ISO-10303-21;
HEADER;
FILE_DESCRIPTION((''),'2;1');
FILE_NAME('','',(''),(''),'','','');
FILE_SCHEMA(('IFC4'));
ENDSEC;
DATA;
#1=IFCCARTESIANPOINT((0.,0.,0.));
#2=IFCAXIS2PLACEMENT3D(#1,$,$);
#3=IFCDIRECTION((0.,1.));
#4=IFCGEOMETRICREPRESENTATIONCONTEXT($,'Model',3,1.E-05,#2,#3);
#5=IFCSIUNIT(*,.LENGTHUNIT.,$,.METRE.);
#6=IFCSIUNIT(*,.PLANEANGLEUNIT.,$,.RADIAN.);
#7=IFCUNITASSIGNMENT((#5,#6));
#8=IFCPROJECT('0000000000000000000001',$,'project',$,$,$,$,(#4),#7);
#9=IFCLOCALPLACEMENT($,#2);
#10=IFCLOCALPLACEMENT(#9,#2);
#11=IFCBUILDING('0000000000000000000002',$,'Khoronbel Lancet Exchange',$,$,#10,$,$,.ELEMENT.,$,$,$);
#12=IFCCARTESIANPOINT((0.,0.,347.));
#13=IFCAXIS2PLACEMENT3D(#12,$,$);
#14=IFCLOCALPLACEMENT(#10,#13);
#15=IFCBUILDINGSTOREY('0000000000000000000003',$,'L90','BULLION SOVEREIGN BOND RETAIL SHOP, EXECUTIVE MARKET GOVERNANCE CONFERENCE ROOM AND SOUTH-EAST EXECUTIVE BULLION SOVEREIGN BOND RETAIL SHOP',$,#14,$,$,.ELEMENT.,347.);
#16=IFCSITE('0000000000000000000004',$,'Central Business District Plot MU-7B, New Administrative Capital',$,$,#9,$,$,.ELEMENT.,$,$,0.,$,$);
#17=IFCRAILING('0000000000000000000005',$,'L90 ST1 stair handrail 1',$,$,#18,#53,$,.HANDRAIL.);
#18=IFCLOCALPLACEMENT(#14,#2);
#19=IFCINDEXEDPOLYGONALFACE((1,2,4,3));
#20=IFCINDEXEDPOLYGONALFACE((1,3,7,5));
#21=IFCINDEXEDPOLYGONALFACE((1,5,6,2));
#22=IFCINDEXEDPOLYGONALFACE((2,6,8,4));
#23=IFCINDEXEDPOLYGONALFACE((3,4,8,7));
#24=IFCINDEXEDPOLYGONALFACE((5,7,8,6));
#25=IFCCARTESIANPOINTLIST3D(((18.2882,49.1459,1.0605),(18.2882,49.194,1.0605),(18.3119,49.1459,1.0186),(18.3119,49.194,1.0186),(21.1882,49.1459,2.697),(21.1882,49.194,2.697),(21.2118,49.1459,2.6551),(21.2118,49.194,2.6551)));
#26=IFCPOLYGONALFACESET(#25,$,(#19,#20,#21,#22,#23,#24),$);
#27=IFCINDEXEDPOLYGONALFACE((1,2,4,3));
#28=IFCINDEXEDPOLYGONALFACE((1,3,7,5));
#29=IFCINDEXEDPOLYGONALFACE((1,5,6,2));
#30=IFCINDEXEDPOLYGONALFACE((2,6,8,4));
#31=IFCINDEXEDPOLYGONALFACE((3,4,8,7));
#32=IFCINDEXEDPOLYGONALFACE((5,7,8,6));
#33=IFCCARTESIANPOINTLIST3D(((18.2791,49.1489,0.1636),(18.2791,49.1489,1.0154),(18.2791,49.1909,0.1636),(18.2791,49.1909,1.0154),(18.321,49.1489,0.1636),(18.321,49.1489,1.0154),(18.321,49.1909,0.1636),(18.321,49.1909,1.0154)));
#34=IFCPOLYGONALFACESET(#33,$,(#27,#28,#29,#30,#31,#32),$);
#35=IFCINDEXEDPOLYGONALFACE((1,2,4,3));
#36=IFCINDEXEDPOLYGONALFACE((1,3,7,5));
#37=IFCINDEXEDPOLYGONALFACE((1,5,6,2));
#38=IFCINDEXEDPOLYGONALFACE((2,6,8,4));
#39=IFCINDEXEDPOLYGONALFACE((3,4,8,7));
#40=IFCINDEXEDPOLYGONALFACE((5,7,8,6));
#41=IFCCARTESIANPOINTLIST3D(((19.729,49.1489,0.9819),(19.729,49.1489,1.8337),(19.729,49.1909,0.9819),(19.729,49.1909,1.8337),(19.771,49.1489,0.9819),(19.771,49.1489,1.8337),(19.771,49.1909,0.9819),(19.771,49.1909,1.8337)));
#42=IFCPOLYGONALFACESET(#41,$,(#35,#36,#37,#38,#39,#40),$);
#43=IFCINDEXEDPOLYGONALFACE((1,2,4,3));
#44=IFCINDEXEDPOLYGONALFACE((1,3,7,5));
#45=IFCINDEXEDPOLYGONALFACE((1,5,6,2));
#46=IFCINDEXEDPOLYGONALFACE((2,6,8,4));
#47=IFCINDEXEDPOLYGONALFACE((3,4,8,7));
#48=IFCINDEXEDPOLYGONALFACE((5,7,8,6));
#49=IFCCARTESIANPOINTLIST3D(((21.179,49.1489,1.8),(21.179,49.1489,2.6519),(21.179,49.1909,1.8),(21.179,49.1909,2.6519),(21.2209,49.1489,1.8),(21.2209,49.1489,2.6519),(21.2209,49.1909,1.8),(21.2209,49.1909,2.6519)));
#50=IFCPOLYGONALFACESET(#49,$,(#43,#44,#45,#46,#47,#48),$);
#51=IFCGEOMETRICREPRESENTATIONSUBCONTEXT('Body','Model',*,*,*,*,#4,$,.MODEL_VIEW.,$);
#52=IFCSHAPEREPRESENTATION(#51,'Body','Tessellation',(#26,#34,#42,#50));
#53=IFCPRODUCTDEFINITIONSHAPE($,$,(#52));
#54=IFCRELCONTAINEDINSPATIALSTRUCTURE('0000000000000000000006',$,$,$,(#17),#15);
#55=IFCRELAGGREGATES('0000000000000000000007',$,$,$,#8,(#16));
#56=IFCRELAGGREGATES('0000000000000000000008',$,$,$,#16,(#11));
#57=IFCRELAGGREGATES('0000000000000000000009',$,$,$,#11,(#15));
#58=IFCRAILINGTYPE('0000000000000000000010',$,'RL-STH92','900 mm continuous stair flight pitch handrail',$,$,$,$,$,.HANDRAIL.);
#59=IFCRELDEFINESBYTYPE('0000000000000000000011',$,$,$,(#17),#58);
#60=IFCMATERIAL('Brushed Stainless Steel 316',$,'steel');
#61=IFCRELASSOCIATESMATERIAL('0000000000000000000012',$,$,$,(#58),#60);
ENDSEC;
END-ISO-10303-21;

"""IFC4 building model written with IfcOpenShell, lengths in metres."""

from ifc_helpers import new_model, si_unit, direction, frame, origin, origin_2d, place, context, subcontext, project, spatial, rectangle, extrude, material, type_object, element, save


model = new_model("IFC4")

# Units and contexts
model_context = context("Model", 3, precision=1e-05, world=origin(), true_north=direction((0.0, 1.0)))
body_context = subcontext(model_context, "Body", "Model", "MODEL_VIEW")
ifc_project = project(units=[si_unit("LENGTHUNIT", "METRE"), si_unit("PLANEANGLEUNIT", "RADIAN")], contexts=[model_context])

# Site, building, storey
site_placement = place(None, origin())
site = spatial("IfcSite", under=ifc_project, at=site_placement, Name="Central Business District Plot MU-7B, New Administrative Capital", CompositionType="ELEMENT", RefElevation=0.0)
building_placement = place(site_placement, origin())
building = spatial("IfcBuilding", under=site, at=building_placement, Name="Khoronbel Lancet Exchange", CompositionType="ELEMENT")
storey_placement = place(building_placement, frame((0.0, 0.0, 347.0)))
storey = spatial("IfcBuildingStorey", under=building, at=storey_placement, Name="L90", Description="BULLION SOVEREIGN BOND RETAIL SHOP, EXECUTIVE MARKET GOVERNANCE CONFERENCE ROOM AND SOUTH-EAST EXECUTIVE BULLION SOVEREIGN BOND RETAIL SHOP", CompositionType="ELEMENT", Elevation=347.0)

# Railing
ifc_material_1 = material(Name="Brushed Stainless Steel 316", Category="steel")
railing_type = type_object("IfcRailingType", Name="RL-STH92", Description="900 mm continuous stair flight pitch handrail", PredefinedType="HANDRAIL", material=ifc_material_1)
railing_placement = place(storey_placement, frame((18.3, 49.1699, 0.1636)))
element("IfcRailing", 1, at=railing_placement, inside=storey, type_object=railing_type, Name="L90 ST1 stair handrail 1", PredefinedType="HANDRAIL", context=body_context, shape_type="SweptSolid", body=[
    extrude(rectangle(XDim=0.0481, YDim=0.0481, at=origin_2d()), frame((0.0, 0.0, 0.876), z_axis=(0.870897, 0.0, 0.491465), x_axis=(0.0, 1.0, 0.0)), (0.0, 0.0, 1.0), 3.3298),
    extrude(rectangle(XDim=0.042, YDim=0.042, at=origin_2d()), origin(), (0.0, 0.0, 1.0), 0.8518),
    extrude(rectangle(XDim=0.042, YDim=0.042, at=origin_2d()), frame((1.45, 0.0, 0.8184)), (0.0, 0.0, 1.0), 0.8518),
    extrude(rectangle(XDim=0.042, YDim=0.042, at=origin_2d()), frame((2.8999, 0.0, 1.6365)), (0.0, 0.0, 1.0), 0.8518),
])

save(model, "model.ifc")
